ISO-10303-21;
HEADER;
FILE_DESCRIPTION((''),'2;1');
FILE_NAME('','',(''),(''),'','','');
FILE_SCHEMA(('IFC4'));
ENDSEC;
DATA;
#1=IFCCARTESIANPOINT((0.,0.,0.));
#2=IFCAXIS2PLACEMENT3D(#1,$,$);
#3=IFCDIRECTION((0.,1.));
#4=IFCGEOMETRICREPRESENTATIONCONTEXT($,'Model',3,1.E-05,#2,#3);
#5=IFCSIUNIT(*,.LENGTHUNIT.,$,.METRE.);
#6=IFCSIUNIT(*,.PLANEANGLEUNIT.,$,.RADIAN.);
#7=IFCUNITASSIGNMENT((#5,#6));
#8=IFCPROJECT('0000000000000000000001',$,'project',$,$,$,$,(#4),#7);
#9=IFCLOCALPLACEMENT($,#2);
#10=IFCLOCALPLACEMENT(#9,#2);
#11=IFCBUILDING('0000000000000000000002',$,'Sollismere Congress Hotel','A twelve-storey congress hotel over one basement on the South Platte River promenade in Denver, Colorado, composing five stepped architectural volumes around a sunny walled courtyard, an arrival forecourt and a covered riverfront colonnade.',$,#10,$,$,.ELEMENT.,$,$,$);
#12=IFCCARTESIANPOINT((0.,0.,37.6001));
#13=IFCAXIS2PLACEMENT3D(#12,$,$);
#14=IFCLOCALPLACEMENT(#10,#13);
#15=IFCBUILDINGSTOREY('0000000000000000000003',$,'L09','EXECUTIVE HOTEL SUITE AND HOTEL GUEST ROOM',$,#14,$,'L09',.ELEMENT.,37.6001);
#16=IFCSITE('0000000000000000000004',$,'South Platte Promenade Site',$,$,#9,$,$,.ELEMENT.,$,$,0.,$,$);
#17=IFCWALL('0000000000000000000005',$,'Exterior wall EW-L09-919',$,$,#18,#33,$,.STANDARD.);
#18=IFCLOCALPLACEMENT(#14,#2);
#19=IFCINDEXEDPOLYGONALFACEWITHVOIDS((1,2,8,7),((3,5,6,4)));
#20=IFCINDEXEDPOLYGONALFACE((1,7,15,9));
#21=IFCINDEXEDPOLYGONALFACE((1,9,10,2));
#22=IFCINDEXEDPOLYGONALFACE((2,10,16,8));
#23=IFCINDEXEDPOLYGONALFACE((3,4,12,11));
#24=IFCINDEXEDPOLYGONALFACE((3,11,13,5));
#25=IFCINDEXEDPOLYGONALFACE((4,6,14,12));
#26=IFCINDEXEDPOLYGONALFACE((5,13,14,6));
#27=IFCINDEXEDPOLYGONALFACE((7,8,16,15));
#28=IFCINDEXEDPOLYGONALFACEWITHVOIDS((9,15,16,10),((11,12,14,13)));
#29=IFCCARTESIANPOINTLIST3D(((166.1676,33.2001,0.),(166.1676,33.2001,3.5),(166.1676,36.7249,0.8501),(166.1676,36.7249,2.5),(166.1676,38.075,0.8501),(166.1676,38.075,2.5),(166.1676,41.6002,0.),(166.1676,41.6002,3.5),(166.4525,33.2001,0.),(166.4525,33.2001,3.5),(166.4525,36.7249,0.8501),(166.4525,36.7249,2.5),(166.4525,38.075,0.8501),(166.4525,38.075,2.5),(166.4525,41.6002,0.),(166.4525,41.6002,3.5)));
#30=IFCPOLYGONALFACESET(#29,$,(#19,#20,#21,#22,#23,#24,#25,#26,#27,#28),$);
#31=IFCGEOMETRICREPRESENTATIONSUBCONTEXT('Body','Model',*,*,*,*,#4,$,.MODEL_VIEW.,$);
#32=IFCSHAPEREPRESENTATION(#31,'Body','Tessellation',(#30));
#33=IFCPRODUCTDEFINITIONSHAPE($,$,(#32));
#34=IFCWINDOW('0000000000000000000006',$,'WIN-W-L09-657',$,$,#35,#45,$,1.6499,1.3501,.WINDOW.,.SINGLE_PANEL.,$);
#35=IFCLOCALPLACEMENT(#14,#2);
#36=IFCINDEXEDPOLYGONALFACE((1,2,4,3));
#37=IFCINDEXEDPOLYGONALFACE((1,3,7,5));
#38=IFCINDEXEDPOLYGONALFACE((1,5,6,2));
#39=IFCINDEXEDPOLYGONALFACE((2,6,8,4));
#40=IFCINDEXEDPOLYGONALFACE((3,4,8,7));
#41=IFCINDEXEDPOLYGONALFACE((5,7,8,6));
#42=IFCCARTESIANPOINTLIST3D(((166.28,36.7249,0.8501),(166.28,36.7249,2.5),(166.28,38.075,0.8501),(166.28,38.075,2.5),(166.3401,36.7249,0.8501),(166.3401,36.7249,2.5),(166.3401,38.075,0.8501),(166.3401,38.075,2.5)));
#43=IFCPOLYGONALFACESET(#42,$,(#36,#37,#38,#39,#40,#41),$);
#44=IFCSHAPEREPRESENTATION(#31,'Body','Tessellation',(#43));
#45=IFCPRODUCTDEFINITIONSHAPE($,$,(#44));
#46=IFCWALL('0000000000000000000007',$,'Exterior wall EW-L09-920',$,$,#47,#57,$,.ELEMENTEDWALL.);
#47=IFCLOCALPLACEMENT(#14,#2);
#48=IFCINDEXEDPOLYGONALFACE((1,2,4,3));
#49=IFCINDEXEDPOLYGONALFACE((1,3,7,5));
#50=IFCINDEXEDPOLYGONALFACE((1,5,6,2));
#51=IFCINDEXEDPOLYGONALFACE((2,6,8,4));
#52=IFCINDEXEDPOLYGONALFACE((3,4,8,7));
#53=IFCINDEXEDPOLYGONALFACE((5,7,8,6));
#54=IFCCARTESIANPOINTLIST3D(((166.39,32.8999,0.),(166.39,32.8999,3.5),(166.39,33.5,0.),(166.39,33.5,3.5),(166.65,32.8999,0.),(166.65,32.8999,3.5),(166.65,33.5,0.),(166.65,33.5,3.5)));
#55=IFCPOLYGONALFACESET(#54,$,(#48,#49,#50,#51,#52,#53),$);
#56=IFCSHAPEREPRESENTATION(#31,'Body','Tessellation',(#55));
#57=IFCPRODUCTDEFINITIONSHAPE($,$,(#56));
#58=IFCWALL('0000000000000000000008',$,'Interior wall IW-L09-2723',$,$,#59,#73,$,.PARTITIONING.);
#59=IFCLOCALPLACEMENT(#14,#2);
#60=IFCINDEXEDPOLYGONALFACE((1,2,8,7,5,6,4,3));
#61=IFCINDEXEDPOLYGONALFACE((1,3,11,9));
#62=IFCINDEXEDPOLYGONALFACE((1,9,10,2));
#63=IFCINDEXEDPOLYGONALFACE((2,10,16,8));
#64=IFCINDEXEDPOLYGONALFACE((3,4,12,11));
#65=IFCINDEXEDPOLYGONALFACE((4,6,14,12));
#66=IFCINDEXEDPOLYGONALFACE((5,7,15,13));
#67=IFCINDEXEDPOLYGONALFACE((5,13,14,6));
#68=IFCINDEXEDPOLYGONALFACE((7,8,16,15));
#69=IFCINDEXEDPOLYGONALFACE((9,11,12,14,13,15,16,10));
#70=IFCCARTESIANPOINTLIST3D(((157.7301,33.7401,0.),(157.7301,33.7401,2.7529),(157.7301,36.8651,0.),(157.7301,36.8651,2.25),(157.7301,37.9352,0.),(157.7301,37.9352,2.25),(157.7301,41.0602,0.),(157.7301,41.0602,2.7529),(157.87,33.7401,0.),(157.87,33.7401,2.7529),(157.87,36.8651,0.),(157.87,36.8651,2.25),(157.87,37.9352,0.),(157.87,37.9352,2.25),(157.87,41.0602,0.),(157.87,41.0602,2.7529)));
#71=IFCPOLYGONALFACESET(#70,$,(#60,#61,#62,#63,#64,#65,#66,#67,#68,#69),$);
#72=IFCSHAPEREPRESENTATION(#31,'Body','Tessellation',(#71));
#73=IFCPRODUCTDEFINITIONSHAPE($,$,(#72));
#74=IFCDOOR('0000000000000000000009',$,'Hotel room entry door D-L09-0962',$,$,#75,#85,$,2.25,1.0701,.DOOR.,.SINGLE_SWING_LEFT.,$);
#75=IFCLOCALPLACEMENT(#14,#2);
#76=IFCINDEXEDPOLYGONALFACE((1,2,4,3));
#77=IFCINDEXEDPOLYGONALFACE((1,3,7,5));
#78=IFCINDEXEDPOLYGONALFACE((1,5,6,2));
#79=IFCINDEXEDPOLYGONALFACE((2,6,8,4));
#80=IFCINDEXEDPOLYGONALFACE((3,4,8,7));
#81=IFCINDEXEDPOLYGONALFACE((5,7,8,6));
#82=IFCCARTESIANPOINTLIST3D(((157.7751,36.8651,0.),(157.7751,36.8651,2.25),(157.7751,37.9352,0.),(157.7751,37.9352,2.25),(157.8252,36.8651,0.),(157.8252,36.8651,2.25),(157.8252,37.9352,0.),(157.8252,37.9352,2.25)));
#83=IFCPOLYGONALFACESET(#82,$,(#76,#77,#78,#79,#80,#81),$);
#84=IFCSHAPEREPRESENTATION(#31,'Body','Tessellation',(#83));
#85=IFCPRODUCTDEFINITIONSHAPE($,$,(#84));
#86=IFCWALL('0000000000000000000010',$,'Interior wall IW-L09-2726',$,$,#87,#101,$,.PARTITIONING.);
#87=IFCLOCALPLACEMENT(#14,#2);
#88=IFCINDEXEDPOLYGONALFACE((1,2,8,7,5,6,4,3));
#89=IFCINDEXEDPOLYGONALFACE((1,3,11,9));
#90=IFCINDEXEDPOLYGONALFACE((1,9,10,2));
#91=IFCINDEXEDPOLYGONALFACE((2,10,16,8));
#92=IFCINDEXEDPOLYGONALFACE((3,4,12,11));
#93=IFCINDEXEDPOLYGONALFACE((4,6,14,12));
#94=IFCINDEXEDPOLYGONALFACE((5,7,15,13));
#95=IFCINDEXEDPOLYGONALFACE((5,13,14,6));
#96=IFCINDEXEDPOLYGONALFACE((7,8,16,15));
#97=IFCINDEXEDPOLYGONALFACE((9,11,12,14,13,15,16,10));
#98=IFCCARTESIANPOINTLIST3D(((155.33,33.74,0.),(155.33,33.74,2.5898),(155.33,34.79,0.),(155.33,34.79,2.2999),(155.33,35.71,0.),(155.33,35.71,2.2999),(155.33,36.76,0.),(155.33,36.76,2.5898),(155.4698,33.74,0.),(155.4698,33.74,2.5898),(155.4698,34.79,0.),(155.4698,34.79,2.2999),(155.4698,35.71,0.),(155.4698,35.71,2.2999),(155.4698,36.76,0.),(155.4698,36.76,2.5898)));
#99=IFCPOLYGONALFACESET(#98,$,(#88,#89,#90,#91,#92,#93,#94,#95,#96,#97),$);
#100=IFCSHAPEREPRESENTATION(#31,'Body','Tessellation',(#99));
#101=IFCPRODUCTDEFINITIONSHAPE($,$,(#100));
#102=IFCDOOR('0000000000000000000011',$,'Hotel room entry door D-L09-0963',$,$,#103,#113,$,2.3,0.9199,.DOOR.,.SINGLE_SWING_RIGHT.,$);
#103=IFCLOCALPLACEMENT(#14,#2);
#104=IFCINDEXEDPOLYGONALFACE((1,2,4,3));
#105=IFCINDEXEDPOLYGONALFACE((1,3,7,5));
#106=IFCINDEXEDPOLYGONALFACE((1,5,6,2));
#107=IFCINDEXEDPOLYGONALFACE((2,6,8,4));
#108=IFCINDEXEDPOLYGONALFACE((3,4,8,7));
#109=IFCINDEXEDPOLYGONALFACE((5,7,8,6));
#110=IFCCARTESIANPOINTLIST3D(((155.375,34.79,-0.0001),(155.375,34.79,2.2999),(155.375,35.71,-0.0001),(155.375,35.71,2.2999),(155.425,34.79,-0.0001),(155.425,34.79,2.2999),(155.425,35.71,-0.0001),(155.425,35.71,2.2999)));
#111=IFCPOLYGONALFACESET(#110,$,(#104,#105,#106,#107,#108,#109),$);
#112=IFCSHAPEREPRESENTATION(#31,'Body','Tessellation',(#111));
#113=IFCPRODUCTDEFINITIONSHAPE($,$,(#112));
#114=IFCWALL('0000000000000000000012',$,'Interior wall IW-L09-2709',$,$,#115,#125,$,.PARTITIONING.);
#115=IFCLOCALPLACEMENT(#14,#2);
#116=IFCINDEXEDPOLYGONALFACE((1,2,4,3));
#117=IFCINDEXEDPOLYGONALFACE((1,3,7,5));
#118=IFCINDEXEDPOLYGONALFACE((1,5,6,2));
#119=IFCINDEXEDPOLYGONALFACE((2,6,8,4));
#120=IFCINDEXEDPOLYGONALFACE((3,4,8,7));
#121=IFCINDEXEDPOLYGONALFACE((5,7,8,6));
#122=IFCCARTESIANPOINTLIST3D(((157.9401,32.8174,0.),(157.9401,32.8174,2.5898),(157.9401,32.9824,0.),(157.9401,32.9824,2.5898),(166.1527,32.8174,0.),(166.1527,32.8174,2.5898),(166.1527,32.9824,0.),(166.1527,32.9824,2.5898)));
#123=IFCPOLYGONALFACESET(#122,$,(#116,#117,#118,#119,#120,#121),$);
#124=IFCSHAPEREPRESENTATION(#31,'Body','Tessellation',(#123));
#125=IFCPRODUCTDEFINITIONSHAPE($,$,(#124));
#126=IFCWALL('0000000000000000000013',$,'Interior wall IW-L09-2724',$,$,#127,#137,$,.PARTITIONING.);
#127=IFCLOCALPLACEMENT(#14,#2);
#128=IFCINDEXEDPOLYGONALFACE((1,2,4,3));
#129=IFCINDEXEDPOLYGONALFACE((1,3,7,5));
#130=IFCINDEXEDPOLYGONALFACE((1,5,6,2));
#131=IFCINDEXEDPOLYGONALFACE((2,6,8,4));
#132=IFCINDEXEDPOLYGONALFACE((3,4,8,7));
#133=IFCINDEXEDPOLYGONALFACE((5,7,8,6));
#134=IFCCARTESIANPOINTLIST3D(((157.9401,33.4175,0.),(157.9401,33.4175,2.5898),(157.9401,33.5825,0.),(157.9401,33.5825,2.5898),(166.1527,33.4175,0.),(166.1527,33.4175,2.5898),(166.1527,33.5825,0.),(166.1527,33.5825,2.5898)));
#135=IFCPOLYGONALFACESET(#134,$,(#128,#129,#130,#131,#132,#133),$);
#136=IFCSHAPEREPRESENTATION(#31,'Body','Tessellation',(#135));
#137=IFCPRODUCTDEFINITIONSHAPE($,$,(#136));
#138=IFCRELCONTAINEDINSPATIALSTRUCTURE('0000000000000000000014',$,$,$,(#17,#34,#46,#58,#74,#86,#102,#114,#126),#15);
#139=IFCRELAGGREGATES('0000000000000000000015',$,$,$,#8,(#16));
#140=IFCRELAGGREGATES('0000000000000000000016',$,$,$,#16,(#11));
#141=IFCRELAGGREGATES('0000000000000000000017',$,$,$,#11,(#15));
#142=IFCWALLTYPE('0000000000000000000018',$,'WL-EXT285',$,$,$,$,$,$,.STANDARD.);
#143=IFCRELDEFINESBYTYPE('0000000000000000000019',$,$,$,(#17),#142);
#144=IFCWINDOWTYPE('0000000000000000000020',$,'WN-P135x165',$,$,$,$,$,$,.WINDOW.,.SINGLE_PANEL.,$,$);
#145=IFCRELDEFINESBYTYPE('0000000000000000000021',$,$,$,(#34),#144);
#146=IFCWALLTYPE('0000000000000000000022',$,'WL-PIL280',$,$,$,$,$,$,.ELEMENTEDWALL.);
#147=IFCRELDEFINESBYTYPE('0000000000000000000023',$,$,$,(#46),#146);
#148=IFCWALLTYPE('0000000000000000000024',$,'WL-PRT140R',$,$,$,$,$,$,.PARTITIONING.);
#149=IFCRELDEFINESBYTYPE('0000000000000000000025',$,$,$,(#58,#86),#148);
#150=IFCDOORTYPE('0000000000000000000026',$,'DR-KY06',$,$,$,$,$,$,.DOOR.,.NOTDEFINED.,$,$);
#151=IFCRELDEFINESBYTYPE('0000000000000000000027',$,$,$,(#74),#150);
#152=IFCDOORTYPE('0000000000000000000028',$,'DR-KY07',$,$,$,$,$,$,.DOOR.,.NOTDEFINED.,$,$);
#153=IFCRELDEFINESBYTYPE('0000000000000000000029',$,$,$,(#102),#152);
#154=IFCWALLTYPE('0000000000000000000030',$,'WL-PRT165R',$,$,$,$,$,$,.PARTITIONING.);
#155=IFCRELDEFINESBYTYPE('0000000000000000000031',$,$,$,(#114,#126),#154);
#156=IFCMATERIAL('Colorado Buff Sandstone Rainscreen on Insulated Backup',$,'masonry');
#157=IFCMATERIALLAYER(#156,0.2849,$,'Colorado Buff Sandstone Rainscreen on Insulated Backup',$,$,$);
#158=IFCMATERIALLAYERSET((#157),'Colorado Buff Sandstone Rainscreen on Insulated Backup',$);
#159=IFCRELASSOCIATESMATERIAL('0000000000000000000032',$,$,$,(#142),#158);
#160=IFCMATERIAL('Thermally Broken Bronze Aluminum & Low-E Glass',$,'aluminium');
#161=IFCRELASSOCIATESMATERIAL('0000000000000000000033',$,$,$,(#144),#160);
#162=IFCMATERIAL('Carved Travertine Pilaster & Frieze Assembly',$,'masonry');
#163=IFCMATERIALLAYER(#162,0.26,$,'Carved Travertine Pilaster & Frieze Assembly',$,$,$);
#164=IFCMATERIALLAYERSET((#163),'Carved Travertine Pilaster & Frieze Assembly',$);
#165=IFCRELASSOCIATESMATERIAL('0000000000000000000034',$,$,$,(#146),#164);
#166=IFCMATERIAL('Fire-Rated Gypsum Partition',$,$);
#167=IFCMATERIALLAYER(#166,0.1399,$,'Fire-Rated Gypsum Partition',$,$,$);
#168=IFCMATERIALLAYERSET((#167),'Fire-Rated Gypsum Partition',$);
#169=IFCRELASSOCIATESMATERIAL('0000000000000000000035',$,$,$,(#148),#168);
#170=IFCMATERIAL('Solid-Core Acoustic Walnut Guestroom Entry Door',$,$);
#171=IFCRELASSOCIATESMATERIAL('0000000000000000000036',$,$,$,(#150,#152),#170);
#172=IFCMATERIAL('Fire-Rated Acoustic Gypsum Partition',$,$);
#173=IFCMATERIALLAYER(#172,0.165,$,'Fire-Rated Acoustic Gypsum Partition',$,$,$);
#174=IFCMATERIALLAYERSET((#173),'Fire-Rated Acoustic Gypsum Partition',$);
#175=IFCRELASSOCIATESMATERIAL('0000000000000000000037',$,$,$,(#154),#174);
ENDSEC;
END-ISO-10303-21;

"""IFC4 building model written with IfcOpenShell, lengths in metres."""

from ifc_helpers import new_model, si_unit, direction, frame, frame_2d, origin, place, context, subcontext, project, spatial, rectangle, extrude, material, layer, layer_set, type_object, element, fill, save


model = new_model("IFC4")

# Units and contexts
model_context = context("Model", 3, precision=1e-05, world=origin(), true_north=direction((0.0, 1.0)))
body_context = subcontext(model_context, "Body", "Model", "MODEL_VIEW")
ifc_project = project(units=[si_unit("LENGTHUNIT", "METRE"), si_unit("PLANEANGLEUNIT", "RADIAN")], contexts=[model_context])

# Site, building, storey
site_placement = place(None, origin())
site = spatial("IfcSite", under=ifc_project, at=site_placement, Name="South Platte Promenade Site", CompositionType="ELEMENT", RefElevation=0.0)
building_placement = place(site_placement, origin())
building = spatial("IfcBuilding", under=site, at=building_placement, Name="Sollismere Congress Hotel", Description="A twelve-storey congress hotel over one basement on the South Platte River promenade in Denver, Colorado, composing five stepped architectural volumes around a sunny walled courtyard, an arrival forecourt and a covered riverfront colonnade.", CompositionType="ELEMENT")
storey_placement = place(building_placement, frame((0.0, 0.0, 37.6001)))
storey = spatial("IfcBuildingStorey", under=building, at=storey_placement, Name="L09", Description="EXECUTIVE HOTEL SUITE AND HOTEL GUEST ROOM", LongName="L09", CompositionType="ELEMENT", Elevation=37.6001)

# Wall, opening, window
ifc_material_1 = material(Name="Colorado Buff Sandstone Rainscreen on Insulated Backup", Category="masonry")
ifc_layer_1 = layer(ifc_material_1, 0.2849, Name="Colorado Buff Sandstone Rainscreen on Insulated Backup")
ifc_layer_set_1 = layer_set([ifc_layer_1], Name="Colorado Buff Sandstone Rainscreen on Insulated Backup")
wall_type_1 = type_object("IfcWallType", Name="WL-EXT285", PredefinedType="STANDARD", material=ifc_layer_set_1)
wall_1_placement = place(storey_placement, frame((166.3101, 33.2, 0.0), z_axis=(0.0, 0.0, 1.0), x_axis=(0.0, 1.0, 0.0)))
wall_1 = element("IfcWall", 1, at=wall_1_placement, inside=storey, type_object=wall_type_1, Name="Exterior wall EW-L09-919", PredefinedType="STANDARD", context=body_context, shape_type="SweptSolid", body=[
    extrude(rectangle(XDim=8.4001, YDim=0.2849, at=frame_2d((4.2002, 0.0))), origin(), (0.0, 0.0, 1.0), 3.5),
])
opening_1_placement = place(wall_1_placement, frame((3.5249, 0.0, 0.8501)))
opening_1 = element("IfcOpeningElement", 2, at=opening_1_placement, cuts=wall_1, PredefinedType="OPENING", context=body_context, shape_type="SweptSolid", body=[
    extrude(rectangle(XDim=1.3501, YDim=1.6499, at=frame_2d((0.675, 0.825))), frame((0.0, 0.1523, 0.0), z_axis=(0.0, -1.0, 0.0), x_axis=(1.0, 0.0, 0.0)), (0.0, 0.0, 1.0), 0.3049),
])
ifc_material_2 = material(Name="Thermally Broken Bronze Aluminum & Low-E Glass", Category="aluminium")
window_type = type_object("IfcWindowType", Name="WN-P135x165", PartitioningType="SINGLE_PANEL", PredefinedType="WINDOW", material=ifc_material_2)
window_placement = place(opening_1_placement, origin())
window = element("IfcWindow", 3, at=window_placement, inside=storey, type_object=window_type, Name="WIN-W-L09-657", OverallHeight=1.6499, OverallWidth=1.3501, PartitioningType="SINGLE_PANEL", PredefinedType="WINDOW", context=body_context, shape_type="SweptSolid", body=[
    extrude(rectangle(XDim=1.3501, YDim=1.6499, at=frame_2d((0.675, 0.825))), frame((0.0, 0.03, 0.0), z_axis=(0.0, -1.0, 0.0), x_axis=(1.0, 0.0, 0.0)), (0.0, 0.0, 1.0), 0.0601),
])
fill(opening_1, window)

# Wall
ifc_material_3 = material(Name="Carved Travertine Pilaster & Frieze Assembly", Category="masonry")
ifc_layer_2 = layer(ifc_material_3, 0.26, Name="Carved Travertine Pilaster & Frieze Assembly")
ifc_layer_set_2 = layer_set([ifc_layer_2], Name="Carved Travertine Pilaster & Frieze Assembly")
wall_type_2 = type_object("IfcWallType", Name="WL-PIL280", PredefinedType="ELEMENTEDWALL", material=ifc_layer_set_2)
wall_2_placement = place(storey_placement, frame((166.52, 32.8999, 0.0), z_axis=(0.0, 0.0, 1.0), x_axis=(0.0, 1.0, 0.0)))
element("IfcWall", 4, at=wall_2_placement, inside=storey, type_object=wall_type_2, Name="Exterior wall EW-L09-920", PredefinedType="ELEMENTEDWALL", context=body_context, shape_type="SweptSolid", body=[
    extrude(rectangle(XDim=0.6001, YDim=0.26, at=frame_2d((0.3, 0.0))), origin(), (0.0, 0.0, 1.0), 3.5),
])

# Walls, openings, doors
ifc_material_4 = material(Name="Fire-Rated Gypsum Partition")
ifc_layer_3 = layer(ifc_material_4, 0.1399, Name="Fire-Rated Gypsum Partition")
ifc_layer_set_3 = layer_set([ifc_layer_3], Name="Fire-Rated Gypsum Partition")
wall_type_3 = type_object("IfcWallType", Name="WL-PRT140R", PredefinedType="PARTITIONING", material=ifc_layer_set_3)
wall_3_placement = place(storey_placement, frame((157.8, 33.74, 0.0), z_axis=(0.0, 0.0, 1.0), x_axis=(0.0, 1.0, 0.0)))
wall_3 = element("IfcWall", 5, at=wall_3_placement, inside=storey, type_object=wall_type_3, Name="Interior wall IW-L09-2723", PredefinedType="PARTITIONING", context=body_context, shape_type="SweptSolid", body=[
    extrude(rectangle(XDim=7.3201, YDim=0.1399, at=frame_2d((3.6602, 0.0))), origin(), (0.0, 0.0, 1.0), 2.7529),
])
opening_2_placement = place(wall_3_placement, frame((3.125, 0.0, 0.0)))
opening_2 = element("IfcOpeningElement", 6, at=opening_2_placement, cuts=wall_3, PredefinedType="OPENING", context=body_context, shape_type="SweptSolid", body=[
    extrude(rectangle(XDim=1.0701, YDim=2.25, at=frame_2d((0.5352, 1.125))), frame((0.0, 0.0798, 0.0), z_axis=(0.0, -1.0, 0.0), x_axis=(1.0, 0.0, 0.0)), (0.0, 0.0, 1.0), 0.1599),
])
ifc_material_5 = material(Name="Solid-Core Acoustic Walnut Guestroom Entry Door")
door_type_1 = type_object("IfcDoorType", Name="DR-KY06", OperationType="NOTDEFINED", PredefinedType="DOOR", material=ifc_material_5)
door_1_placement = place(opening_2_placement, origin())
door_1 = element("IfcDoor", 7, at=door_1_placement, inside=storey, type_object=door_type_1, Name="Hotel room entry door D-L09-0962", OperationType="SINGLE_SWING_LEFT", OverallHeight=2.25, OverallWidth=1.0701, PredefinedType="DOOR", context=body_context, shape_type="SweptSolid", body=[
    extrude(rectangle(XDim=1.0701, YDim=2.25, at=frame_2d((0.5352, 1.125))), frame((0.0, 0.0249, 0.0), z_axis=(0.0, -1.0, 0.0), x_axis=(1.0, 0.0, 0.0)), (0.0, 0.0, 1.0), 0.05),
])
fill(opening_2, door_1)
wall_4_placement = place(storey_placement, frame((155.3999, 33.74, 0.0), z_axis=(0.0, 0.0, 1.0), x_axis=(0.0, 1.0, 0.0)))
wall_4 = element("IfcWall", 8, at=wall_4_placement, inside=storey, type_object=wall_type_3, Name="Interior wall IW-L09-2726", PredefinedType="PARTITIONING", context=body_context, shape_type="SweptSolid", body=[
    extrude(rectangle(XDim=3.02, YDim=0.1399, at=frame_2d((1.51, 0.0))), origin(), (0.0, 0.0, 1.0), 2.5898),
])
opening_3_placement = place(wall_4_placement, frame((1.05, 0.0, 0.0)))
opening_3 = element("IfcOpeningElement", 9, at=opening_3_placement, cuts=wall_4, PredefinedType="OPENING", context=body_context, shape_type="SweptSolid", body=[
    extrude(rectangle(XDim=0.9199, YDim=2.3, at=frame_2d((0.46, 1.1499))), frame((0.0, 0.0798, 0.0), z_axis=(0.0, -1.0, 0.0), x_axis=(1.0, 0.0, 0.0)), (0.0, 0.0, 1.0), 0.1599),
])
door_type_2 = type_object("IfcDoorType", Name="DR-KY07", OperationType="NOTDEFINED", PredefinedType="DOOR", material=ifc_material_5)
door_2_placement = place(opening_3_placement, origin())
door_2 = element("IfcDoor", 10, at=door_2_placement, inside=storey, type_object=door_type_2, Name="Hotel room entry door D-L09-0963", OperationType="SINGLE_SWING_RIGHT", OverallHeight=2.3, OverallWidth=0.9199, PredefinedType="DOOR", context=body_context, shape_type="SweptSolid", body=[
    extrude(rectangle(XDim=0.9199, YDim=2.3, at=frame_2d((0.46, 1.1499))), frame((0.0, 0.0249, 0.0), z_axis=(0.0, -1.0, 0.0), x_axis=(1.0, 0.0, 0.0)), (0.0, 0.0, 1.0), 0.05),
])
fill(opening_3, door_2)

# Walls
ifc_material_6 = material(Name="Fire-Rated Acoustic Gypsum Partition")
ifc_layer_4 = layer(ifc_material_6, 0.165, Name="Fire-Rated Acoustic Gypsum Partition")
ifc_layer_set_4 = layer_set([ifc_layer_4], Name="Fire-Rated Acoustic Gypsum Partition")
wall_type_4 = type_object("IfcWallType", Name="WL-PRT165R", PredefinedType="PARTITIONING", material=ifc_layer_set_4)
for number, where, z_axis, x_axis, name in (
    (11, (157.9399, 32.8999, 0.0), (0.0, 0.0, 1.0), (1.0, 0.0, 0.0), "Interior wall IW-L09-2709"),
    (12, (157.9399, 33.5, 0.0), (0.0, 0.0, 1.0), (1.0, 0.0, 0.0), "Interior wall IW-L09-2724"),
):
    element("IfcWall", number, at=place(storey_placement, frame(where, z_axis=z_axis, x_axis=x_axis)), inside=storey, type_object=wall_type_4, Name=name, PredefinedType="PARTITIONING", context=body_context, shape_type="SweptSolid", body=[
        extrude(rectangle(XDim=8.2126, YDim=0.165, at=frame_2d((4.1064, 0.0))), origin(), (0.0, 0.0, 1.0), 2.5898),
    ])

save(model, "model.ifc")
